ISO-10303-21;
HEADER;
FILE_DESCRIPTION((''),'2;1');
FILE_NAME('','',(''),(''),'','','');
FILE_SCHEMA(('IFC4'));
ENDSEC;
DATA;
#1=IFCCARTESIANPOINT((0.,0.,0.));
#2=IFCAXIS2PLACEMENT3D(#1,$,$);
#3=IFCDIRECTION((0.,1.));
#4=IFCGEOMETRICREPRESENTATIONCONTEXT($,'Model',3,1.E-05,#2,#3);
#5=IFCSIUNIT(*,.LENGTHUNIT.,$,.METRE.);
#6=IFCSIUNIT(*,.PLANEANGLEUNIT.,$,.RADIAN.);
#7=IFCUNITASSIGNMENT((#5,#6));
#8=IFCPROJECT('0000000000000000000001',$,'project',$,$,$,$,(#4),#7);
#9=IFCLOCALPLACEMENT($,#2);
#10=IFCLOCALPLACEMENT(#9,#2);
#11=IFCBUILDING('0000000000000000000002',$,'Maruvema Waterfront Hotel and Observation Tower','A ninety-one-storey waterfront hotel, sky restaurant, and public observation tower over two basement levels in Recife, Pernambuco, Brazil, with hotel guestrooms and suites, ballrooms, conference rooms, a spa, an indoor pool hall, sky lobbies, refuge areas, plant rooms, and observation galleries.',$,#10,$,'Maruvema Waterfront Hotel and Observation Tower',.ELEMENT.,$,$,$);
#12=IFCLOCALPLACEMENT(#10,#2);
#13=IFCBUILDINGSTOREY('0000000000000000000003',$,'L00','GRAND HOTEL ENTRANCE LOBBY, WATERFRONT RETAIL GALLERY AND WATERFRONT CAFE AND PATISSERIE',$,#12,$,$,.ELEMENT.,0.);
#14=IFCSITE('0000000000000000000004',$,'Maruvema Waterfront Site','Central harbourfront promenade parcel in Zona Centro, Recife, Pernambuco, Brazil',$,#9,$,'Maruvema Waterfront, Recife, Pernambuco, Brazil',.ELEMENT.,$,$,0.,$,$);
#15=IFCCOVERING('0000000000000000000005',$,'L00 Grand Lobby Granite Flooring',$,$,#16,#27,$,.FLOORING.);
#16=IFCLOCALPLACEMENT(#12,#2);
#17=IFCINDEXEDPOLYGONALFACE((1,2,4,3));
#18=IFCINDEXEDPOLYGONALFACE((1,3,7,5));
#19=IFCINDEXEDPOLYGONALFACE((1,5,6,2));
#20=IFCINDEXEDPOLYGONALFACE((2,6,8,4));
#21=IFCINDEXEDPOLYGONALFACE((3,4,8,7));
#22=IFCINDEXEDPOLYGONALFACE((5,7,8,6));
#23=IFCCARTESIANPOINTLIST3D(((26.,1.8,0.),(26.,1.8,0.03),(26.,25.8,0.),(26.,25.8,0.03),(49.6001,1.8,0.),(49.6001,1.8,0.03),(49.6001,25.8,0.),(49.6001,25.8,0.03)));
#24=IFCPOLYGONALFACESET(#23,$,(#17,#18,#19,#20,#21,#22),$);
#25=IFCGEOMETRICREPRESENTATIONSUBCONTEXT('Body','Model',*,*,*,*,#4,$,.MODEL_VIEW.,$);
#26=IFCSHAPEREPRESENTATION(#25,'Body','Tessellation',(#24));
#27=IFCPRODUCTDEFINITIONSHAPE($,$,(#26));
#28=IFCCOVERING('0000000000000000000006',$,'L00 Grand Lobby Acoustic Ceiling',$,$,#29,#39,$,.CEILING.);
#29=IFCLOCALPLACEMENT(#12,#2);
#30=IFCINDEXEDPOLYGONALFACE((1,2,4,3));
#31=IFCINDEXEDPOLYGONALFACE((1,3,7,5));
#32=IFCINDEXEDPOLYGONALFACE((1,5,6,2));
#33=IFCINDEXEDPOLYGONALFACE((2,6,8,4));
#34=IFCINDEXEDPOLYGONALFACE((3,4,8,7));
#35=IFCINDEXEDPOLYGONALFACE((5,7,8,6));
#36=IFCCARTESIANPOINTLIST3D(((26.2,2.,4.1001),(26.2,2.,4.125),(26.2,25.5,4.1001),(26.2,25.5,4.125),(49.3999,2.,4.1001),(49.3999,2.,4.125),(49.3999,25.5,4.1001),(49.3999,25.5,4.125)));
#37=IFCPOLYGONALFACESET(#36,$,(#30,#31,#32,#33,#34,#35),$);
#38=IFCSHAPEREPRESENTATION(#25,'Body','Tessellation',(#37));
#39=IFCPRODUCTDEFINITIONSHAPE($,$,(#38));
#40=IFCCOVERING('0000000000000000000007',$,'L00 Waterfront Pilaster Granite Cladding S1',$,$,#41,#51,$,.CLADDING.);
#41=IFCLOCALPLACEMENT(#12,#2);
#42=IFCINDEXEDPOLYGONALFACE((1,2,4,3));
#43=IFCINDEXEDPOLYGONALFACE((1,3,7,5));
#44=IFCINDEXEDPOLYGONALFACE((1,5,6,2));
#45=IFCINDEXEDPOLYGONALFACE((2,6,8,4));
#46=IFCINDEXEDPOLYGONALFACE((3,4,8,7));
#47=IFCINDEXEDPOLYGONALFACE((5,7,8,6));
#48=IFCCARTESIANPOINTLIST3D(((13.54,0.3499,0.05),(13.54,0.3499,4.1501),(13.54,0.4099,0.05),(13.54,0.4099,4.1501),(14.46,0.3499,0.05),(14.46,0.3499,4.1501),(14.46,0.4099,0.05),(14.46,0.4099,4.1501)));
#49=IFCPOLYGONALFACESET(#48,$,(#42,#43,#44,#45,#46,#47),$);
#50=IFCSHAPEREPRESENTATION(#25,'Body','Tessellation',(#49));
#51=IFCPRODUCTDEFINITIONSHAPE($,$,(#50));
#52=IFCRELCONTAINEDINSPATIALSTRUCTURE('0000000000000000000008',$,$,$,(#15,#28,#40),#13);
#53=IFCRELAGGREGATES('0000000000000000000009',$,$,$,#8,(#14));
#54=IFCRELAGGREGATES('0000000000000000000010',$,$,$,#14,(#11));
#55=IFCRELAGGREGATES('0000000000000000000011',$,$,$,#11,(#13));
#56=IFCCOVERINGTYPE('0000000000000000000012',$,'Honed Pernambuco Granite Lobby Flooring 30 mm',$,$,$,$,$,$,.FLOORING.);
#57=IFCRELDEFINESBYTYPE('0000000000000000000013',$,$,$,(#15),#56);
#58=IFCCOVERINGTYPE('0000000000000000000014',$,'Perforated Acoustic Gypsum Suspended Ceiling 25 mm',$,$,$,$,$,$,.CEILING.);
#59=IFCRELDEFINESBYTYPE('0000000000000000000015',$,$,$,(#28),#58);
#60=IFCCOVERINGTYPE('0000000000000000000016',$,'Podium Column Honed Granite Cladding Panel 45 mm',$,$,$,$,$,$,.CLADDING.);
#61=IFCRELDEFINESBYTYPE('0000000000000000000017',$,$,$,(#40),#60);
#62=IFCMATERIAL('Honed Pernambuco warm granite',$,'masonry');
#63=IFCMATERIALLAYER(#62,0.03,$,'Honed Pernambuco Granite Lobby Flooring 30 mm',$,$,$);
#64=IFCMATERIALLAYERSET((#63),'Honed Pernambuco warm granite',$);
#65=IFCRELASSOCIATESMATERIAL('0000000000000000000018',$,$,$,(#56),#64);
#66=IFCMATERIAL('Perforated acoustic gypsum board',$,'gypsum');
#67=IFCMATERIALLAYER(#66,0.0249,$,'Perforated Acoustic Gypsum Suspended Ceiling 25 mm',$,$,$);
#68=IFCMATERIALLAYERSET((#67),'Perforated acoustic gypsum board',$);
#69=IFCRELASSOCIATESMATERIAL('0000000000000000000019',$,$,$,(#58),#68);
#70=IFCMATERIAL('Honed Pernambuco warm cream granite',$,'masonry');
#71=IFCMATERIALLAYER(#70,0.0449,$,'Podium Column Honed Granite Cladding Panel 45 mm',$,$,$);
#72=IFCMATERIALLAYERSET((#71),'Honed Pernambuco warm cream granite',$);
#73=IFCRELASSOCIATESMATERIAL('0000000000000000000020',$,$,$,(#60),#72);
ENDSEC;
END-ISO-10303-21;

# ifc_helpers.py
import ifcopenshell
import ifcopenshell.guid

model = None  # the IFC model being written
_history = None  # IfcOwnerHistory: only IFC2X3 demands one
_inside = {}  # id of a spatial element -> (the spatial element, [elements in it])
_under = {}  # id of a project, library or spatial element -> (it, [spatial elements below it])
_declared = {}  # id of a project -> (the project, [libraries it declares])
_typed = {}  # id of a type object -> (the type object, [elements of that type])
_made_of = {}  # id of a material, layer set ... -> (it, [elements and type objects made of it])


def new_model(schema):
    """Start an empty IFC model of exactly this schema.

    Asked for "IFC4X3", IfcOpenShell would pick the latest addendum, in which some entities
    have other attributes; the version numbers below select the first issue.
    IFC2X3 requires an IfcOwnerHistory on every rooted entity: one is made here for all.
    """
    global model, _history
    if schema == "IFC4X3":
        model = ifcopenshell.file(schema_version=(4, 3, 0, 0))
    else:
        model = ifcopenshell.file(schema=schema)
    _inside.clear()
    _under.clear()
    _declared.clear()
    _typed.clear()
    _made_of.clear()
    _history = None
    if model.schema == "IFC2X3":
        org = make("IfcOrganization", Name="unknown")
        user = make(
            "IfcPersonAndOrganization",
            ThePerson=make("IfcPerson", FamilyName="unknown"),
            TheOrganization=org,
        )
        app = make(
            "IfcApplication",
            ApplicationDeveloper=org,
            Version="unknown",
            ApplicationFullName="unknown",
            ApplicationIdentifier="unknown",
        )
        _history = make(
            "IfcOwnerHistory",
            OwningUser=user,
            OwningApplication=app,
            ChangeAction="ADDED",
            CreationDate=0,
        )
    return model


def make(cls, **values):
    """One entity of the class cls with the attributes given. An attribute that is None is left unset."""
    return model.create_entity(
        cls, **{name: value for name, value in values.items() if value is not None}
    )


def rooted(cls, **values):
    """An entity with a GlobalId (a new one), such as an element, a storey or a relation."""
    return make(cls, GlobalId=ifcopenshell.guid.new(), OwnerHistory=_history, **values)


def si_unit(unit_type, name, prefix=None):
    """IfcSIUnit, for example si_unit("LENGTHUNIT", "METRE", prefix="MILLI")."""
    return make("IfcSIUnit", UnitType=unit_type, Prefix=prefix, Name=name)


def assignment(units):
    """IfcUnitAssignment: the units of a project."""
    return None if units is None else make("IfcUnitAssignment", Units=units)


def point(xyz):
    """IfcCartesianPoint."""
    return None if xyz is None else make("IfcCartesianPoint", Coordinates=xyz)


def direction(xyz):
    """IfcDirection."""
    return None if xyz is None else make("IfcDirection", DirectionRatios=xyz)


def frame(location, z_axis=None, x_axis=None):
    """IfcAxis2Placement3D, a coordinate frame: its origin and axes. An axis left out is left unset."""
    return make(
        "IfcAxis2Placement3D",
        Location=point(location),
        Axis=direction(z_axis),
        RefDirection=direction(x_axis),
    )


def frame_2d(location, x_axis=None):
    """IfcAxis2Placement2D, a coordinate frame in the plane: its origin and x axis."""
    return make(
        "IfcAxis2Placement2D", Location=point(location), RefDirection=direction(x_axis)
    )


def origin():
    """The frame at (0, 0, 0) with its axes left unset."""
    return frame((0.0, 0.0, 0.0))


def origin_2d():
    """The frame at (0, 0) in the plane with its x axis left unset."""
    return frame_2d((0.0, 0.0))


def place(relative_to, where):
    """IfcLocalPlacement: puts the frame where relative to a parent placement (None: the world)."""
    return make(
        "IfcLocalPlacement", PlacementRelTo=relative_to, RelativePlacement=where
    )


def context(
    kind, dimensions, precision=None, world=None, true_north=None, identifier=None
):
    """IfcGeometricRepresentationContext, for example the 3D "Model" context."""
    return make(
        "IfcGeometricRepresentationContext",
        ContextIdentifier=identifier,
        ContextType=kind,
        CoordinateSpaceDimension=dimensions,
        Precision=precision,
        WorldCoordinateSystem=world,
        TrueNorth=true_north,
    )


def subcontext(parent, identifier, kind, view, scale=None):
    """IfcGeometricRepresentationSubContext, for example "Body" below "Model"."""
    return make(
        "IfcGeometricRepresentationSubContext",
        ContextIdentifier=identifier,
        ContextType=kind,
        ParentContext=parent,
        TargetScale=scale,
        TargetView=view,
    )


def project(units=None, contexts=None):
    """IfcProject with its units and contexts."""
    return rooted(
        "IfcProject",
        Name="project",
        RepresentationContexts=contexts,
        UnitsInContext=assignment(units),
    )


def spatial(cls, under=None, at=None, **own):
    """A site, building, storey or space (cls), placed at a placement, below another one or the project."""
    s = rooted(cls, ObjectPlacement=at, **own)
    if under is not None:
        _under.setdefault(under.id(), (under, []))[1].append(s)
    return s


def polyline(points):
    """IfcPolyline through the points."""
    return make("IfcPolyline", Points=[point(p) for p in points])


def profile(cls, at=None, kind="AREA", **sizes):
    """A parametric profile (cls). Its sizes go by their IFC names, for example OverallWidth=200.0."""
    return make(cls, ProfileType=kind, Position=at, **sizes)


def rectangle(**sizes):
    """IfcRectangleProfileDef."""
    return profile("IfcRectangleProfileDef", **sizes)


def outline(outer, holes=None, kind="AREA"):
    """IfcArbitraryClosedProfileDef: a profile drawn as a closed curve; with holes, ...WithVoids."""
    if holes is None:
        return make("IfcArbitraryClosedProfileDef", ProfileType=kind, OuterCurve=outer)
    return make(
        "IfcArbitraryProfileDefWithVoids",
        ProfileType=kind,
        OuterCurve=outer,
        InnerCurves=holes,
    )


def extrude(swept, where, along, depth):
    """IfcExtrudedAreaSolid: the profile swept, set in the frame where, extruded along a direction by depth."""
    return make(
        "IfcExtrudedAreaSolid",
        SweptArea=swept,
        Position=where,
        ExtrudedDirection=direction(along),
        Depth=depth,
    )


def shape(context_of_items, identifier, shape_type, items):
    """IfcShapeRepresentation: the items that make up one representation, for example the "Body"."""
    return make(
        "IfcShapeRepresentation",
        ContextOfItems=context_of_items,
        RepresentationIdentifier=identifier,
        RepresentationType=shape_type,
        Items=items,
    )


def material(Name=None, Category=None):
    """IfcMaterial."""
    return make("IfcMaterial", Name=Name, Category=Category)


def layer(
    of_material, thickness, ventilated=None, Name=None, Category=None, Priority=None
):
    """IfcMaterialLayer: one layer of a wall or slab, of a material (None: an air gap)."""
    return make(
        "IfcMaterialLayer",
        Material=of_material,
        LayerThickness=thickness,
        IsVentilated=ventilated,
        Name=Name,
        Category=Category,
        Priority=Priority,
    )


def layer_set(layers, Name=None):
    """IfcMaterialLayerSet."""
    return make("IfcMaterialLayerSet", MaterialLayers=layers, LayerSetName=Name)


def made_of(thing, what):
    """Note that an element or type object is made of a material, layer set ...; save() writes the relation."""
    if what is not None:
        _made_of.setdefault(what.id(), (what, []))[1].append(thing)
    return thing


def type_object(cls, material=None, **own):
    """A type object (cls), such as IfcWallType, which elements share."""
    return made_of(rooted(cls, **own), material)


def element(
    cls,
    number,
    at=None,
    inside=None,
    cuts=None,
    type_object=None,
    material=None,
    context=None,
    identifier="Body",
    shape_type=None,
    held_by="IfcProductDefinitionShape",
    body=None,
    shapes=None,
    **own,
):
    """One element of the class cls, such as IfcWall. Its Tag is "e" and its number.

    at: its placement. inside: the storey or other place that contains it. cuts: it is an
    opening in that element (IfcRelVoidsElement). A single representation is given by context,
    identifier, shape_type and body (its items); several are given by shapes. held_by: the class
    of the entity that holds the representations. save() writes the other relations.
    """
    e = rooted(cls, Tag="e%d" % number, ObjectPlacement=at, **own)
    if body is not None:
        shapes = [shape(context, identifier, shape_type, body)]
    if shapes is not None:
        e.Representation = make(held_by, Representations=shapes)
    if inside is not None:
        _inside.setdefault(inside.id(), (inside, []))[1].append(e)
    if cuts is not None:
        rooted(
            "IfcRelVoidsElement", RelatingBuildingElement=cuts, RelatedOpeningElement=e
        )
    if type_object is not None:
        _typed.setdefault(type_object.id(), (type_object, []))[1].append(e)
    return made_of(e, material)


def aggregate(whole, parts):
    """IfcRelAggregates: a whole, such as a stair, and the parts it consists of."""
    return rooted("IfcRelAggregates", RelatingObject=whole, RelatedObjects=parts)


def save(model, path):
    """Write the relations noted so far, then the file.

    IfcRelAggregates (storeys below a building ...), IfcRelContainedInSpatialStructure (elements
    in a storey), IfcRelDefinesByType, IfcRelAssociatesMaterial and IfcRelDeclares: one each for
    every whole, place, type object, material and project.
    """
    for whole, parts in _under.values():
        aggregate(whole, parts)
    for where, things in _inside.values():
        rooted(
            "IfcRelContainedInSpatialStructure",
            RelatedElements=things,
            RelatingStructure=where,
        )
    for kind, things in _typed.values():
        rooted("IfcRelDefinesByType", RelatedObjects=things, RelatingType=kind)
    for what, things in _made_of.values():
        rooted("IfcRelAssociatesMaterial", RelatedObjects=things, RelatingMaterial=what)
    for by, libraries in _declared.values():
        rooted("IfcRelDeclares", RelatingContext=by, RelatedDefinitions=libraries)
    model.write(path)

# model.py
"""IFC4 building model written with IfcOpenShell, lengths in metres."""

from ifc_helpers import new_model, si_unit, direction, frame, origin, origin_2d, place, context, subcontext, project, spatial, polyline, rectangle, outline, extrude, material, layer, layer_set, type_object, element, save


model = new_model("IFC4")

# Units and contexts
model_context = context("Model", 3, precision=1e-05, world=origin(), true_north=direction((0.0, 1.0)))
body_context = subcontext(model_context, "Body", "Model", "MODEL_VIEW")
ifc_project = project(units=[si_unit("LENGTHUNIT", "METRE"), si_unit("PLANEANGLEUNIT", "RADIAN")], contexts=[model_context])

# Site, building, storey
site_placement = place(None, origin())
site = spatial("IfcSite", under=ifc_project, at=site_placement, Name="Maruvema Waterfront Site", Description="Central harbourfront promenade parcel in Zona Centro, Recife, Pernambuco, Brazil", LongName="Maruvema Waterfront, Recife, Pernambuco, Brazil", CompositionType="ELEMENT", RefElevation=0.0)
building_placement = place(site_placement, origin())
building = spatial("IfcBuilding", under=site, at=building_placement, Name="Maruvema Waterfront Hotel and Observation Tower", Description="A ninety-one-storey waterfront hotel, sky restaurant, and public observation tower over two basement levels in Recife, Pernambuco, Brazil, with hotel guestrooms and suites, ballrooms, conference rooms, a spa, an indoor pool hall, sky lobbies, refuge areas, plant rooms, and observation galleries.", LongName="Maruvema Waterfront Hotel and Observation Tower", CompositionType="ELEMENT")
storey_placement = place(building_placement, origin())
storey = spatial("IfcBuildingStorey", under=building, at=storey_placement, Name="L00", Description="GRAND HOTEL ENTRANCE LOBBY, WATERFRONT RETAIL GALLERY AND WATERFRONT CAFE AND PATISSERIE", CompositionType="ELEMENT", Elevation=0.0)

# Coverings
ifc_material_1 = material(Name="Honed Pernambuco warm granite", Category="masonry")
ifc_layer_1 = layer(ifc_material_1, 0.03, Name="Honed Pernambuco Granite Lobby Flooring 30 mm")
ifc_layer_set_1 = layer_set([ifc_layer_1], Name="Honed Pernambuco warm granite")
covering_type_1 = type_object("IfcCoveringType", Name="Honed Pernambuco Granite Lobby Flooring 30 mm", PredefinedType="FLOORING", material=ifc_layer_set_1)
covering_1_placement = place(storey_placement, origin())
element("IfcCovering", 1, at=covering_1_placement, inside=storey, type_object=covering_type_1, Name="L00 Grand Lobby Granite Flooring", PredefinedType="FLOORING", context=body_context, shape_type="SweptSolid", body=[
    extrude(outline(polyline([(26.0, 1.8), (49.6001, 1.8), (49.6001, 25.8), (26.0, 25.8), (26.0, 1.8)])), origin(), (0.0, 0.0, 1.0), 0.03),
])
ifc_material_2 = material(Name="Perforated acoustic gypsum board", Category="gypsum")
ifc_layer_2 = layer(ifc_material_2, 0.0249, Name="Perforated Acoustic Gypsum Suspended Ceiling 25 mm")
ifc_layer_set_2 = layer_set([ifc_layer_2], Name="Perforated acoustic gypsum board")
covering_type_2 = type_object("IfcCoveringType", Name="Perforated Acoustic Gypsum Suspended Ceiling 25 mm", PredefinedType="CEILING", material=ifc_layer_set_2)
covering_2_placement = place(storey_placement, frame((0.0, 0.0, 4.1001)))
element("IfcCovering", 2, at=covering_2_placement, inside=storey, type_object=covering_type_2, Name="L00 Grand Lobby Acoustic Ceiling", PredefinedType="CEILING", context=body_context, shape_type="SweptSolid", body=[
    extrude(outline(polyline([(26.2, 2.0), (49.3999, 2.0), (49.3999, 25.5), (26.2, 25.5), (26.2, 2.0)])), origin(), (0.0, 0.0, 1.0), 0.0249),
])
ifc_material_3 = material(Name="Honed Pernambuco warm cream granite", Category="masonry")
ifc_layer_3 = layer(ifc_material_3, 0.0449, Name="Podium Column Honed Granite Cladding Panel 45 mm")
ifc_layer_set_3 = layer_set([ifc_layer_3], Name="Honed Pernambuco warm cream granite")
covering_type_3 = type_object("IfcCoveringType", Name="Podium Column Honed Granite Cladding Panel 45 mm", PredefinedType="CLADDING", material=ifc_layer_set_3)
covering_3_placement = place(storey_placement, frame((14.0, 0.3799, 0.05), z_axis=(0.0, 0.0, 1.0), x_axis=(1.0, 0.0, 0.0)))
element("IfcCovering", 3, at=covering_3_placement, inside=storey, type_object=covering_type_3, Name="L00 Waterfront Pilaster Granite Cladding S1", PredefinedType="CLADDING", context=body_context, shape_type="SweptSolid", body=[
    extrude(rectangle(XDim=0.9199, YDim=0.0601, at=origin_2d()), origin(), (0.0, 0.0, 1.0), 4.1001),
])

save(model, "model.ifc")
